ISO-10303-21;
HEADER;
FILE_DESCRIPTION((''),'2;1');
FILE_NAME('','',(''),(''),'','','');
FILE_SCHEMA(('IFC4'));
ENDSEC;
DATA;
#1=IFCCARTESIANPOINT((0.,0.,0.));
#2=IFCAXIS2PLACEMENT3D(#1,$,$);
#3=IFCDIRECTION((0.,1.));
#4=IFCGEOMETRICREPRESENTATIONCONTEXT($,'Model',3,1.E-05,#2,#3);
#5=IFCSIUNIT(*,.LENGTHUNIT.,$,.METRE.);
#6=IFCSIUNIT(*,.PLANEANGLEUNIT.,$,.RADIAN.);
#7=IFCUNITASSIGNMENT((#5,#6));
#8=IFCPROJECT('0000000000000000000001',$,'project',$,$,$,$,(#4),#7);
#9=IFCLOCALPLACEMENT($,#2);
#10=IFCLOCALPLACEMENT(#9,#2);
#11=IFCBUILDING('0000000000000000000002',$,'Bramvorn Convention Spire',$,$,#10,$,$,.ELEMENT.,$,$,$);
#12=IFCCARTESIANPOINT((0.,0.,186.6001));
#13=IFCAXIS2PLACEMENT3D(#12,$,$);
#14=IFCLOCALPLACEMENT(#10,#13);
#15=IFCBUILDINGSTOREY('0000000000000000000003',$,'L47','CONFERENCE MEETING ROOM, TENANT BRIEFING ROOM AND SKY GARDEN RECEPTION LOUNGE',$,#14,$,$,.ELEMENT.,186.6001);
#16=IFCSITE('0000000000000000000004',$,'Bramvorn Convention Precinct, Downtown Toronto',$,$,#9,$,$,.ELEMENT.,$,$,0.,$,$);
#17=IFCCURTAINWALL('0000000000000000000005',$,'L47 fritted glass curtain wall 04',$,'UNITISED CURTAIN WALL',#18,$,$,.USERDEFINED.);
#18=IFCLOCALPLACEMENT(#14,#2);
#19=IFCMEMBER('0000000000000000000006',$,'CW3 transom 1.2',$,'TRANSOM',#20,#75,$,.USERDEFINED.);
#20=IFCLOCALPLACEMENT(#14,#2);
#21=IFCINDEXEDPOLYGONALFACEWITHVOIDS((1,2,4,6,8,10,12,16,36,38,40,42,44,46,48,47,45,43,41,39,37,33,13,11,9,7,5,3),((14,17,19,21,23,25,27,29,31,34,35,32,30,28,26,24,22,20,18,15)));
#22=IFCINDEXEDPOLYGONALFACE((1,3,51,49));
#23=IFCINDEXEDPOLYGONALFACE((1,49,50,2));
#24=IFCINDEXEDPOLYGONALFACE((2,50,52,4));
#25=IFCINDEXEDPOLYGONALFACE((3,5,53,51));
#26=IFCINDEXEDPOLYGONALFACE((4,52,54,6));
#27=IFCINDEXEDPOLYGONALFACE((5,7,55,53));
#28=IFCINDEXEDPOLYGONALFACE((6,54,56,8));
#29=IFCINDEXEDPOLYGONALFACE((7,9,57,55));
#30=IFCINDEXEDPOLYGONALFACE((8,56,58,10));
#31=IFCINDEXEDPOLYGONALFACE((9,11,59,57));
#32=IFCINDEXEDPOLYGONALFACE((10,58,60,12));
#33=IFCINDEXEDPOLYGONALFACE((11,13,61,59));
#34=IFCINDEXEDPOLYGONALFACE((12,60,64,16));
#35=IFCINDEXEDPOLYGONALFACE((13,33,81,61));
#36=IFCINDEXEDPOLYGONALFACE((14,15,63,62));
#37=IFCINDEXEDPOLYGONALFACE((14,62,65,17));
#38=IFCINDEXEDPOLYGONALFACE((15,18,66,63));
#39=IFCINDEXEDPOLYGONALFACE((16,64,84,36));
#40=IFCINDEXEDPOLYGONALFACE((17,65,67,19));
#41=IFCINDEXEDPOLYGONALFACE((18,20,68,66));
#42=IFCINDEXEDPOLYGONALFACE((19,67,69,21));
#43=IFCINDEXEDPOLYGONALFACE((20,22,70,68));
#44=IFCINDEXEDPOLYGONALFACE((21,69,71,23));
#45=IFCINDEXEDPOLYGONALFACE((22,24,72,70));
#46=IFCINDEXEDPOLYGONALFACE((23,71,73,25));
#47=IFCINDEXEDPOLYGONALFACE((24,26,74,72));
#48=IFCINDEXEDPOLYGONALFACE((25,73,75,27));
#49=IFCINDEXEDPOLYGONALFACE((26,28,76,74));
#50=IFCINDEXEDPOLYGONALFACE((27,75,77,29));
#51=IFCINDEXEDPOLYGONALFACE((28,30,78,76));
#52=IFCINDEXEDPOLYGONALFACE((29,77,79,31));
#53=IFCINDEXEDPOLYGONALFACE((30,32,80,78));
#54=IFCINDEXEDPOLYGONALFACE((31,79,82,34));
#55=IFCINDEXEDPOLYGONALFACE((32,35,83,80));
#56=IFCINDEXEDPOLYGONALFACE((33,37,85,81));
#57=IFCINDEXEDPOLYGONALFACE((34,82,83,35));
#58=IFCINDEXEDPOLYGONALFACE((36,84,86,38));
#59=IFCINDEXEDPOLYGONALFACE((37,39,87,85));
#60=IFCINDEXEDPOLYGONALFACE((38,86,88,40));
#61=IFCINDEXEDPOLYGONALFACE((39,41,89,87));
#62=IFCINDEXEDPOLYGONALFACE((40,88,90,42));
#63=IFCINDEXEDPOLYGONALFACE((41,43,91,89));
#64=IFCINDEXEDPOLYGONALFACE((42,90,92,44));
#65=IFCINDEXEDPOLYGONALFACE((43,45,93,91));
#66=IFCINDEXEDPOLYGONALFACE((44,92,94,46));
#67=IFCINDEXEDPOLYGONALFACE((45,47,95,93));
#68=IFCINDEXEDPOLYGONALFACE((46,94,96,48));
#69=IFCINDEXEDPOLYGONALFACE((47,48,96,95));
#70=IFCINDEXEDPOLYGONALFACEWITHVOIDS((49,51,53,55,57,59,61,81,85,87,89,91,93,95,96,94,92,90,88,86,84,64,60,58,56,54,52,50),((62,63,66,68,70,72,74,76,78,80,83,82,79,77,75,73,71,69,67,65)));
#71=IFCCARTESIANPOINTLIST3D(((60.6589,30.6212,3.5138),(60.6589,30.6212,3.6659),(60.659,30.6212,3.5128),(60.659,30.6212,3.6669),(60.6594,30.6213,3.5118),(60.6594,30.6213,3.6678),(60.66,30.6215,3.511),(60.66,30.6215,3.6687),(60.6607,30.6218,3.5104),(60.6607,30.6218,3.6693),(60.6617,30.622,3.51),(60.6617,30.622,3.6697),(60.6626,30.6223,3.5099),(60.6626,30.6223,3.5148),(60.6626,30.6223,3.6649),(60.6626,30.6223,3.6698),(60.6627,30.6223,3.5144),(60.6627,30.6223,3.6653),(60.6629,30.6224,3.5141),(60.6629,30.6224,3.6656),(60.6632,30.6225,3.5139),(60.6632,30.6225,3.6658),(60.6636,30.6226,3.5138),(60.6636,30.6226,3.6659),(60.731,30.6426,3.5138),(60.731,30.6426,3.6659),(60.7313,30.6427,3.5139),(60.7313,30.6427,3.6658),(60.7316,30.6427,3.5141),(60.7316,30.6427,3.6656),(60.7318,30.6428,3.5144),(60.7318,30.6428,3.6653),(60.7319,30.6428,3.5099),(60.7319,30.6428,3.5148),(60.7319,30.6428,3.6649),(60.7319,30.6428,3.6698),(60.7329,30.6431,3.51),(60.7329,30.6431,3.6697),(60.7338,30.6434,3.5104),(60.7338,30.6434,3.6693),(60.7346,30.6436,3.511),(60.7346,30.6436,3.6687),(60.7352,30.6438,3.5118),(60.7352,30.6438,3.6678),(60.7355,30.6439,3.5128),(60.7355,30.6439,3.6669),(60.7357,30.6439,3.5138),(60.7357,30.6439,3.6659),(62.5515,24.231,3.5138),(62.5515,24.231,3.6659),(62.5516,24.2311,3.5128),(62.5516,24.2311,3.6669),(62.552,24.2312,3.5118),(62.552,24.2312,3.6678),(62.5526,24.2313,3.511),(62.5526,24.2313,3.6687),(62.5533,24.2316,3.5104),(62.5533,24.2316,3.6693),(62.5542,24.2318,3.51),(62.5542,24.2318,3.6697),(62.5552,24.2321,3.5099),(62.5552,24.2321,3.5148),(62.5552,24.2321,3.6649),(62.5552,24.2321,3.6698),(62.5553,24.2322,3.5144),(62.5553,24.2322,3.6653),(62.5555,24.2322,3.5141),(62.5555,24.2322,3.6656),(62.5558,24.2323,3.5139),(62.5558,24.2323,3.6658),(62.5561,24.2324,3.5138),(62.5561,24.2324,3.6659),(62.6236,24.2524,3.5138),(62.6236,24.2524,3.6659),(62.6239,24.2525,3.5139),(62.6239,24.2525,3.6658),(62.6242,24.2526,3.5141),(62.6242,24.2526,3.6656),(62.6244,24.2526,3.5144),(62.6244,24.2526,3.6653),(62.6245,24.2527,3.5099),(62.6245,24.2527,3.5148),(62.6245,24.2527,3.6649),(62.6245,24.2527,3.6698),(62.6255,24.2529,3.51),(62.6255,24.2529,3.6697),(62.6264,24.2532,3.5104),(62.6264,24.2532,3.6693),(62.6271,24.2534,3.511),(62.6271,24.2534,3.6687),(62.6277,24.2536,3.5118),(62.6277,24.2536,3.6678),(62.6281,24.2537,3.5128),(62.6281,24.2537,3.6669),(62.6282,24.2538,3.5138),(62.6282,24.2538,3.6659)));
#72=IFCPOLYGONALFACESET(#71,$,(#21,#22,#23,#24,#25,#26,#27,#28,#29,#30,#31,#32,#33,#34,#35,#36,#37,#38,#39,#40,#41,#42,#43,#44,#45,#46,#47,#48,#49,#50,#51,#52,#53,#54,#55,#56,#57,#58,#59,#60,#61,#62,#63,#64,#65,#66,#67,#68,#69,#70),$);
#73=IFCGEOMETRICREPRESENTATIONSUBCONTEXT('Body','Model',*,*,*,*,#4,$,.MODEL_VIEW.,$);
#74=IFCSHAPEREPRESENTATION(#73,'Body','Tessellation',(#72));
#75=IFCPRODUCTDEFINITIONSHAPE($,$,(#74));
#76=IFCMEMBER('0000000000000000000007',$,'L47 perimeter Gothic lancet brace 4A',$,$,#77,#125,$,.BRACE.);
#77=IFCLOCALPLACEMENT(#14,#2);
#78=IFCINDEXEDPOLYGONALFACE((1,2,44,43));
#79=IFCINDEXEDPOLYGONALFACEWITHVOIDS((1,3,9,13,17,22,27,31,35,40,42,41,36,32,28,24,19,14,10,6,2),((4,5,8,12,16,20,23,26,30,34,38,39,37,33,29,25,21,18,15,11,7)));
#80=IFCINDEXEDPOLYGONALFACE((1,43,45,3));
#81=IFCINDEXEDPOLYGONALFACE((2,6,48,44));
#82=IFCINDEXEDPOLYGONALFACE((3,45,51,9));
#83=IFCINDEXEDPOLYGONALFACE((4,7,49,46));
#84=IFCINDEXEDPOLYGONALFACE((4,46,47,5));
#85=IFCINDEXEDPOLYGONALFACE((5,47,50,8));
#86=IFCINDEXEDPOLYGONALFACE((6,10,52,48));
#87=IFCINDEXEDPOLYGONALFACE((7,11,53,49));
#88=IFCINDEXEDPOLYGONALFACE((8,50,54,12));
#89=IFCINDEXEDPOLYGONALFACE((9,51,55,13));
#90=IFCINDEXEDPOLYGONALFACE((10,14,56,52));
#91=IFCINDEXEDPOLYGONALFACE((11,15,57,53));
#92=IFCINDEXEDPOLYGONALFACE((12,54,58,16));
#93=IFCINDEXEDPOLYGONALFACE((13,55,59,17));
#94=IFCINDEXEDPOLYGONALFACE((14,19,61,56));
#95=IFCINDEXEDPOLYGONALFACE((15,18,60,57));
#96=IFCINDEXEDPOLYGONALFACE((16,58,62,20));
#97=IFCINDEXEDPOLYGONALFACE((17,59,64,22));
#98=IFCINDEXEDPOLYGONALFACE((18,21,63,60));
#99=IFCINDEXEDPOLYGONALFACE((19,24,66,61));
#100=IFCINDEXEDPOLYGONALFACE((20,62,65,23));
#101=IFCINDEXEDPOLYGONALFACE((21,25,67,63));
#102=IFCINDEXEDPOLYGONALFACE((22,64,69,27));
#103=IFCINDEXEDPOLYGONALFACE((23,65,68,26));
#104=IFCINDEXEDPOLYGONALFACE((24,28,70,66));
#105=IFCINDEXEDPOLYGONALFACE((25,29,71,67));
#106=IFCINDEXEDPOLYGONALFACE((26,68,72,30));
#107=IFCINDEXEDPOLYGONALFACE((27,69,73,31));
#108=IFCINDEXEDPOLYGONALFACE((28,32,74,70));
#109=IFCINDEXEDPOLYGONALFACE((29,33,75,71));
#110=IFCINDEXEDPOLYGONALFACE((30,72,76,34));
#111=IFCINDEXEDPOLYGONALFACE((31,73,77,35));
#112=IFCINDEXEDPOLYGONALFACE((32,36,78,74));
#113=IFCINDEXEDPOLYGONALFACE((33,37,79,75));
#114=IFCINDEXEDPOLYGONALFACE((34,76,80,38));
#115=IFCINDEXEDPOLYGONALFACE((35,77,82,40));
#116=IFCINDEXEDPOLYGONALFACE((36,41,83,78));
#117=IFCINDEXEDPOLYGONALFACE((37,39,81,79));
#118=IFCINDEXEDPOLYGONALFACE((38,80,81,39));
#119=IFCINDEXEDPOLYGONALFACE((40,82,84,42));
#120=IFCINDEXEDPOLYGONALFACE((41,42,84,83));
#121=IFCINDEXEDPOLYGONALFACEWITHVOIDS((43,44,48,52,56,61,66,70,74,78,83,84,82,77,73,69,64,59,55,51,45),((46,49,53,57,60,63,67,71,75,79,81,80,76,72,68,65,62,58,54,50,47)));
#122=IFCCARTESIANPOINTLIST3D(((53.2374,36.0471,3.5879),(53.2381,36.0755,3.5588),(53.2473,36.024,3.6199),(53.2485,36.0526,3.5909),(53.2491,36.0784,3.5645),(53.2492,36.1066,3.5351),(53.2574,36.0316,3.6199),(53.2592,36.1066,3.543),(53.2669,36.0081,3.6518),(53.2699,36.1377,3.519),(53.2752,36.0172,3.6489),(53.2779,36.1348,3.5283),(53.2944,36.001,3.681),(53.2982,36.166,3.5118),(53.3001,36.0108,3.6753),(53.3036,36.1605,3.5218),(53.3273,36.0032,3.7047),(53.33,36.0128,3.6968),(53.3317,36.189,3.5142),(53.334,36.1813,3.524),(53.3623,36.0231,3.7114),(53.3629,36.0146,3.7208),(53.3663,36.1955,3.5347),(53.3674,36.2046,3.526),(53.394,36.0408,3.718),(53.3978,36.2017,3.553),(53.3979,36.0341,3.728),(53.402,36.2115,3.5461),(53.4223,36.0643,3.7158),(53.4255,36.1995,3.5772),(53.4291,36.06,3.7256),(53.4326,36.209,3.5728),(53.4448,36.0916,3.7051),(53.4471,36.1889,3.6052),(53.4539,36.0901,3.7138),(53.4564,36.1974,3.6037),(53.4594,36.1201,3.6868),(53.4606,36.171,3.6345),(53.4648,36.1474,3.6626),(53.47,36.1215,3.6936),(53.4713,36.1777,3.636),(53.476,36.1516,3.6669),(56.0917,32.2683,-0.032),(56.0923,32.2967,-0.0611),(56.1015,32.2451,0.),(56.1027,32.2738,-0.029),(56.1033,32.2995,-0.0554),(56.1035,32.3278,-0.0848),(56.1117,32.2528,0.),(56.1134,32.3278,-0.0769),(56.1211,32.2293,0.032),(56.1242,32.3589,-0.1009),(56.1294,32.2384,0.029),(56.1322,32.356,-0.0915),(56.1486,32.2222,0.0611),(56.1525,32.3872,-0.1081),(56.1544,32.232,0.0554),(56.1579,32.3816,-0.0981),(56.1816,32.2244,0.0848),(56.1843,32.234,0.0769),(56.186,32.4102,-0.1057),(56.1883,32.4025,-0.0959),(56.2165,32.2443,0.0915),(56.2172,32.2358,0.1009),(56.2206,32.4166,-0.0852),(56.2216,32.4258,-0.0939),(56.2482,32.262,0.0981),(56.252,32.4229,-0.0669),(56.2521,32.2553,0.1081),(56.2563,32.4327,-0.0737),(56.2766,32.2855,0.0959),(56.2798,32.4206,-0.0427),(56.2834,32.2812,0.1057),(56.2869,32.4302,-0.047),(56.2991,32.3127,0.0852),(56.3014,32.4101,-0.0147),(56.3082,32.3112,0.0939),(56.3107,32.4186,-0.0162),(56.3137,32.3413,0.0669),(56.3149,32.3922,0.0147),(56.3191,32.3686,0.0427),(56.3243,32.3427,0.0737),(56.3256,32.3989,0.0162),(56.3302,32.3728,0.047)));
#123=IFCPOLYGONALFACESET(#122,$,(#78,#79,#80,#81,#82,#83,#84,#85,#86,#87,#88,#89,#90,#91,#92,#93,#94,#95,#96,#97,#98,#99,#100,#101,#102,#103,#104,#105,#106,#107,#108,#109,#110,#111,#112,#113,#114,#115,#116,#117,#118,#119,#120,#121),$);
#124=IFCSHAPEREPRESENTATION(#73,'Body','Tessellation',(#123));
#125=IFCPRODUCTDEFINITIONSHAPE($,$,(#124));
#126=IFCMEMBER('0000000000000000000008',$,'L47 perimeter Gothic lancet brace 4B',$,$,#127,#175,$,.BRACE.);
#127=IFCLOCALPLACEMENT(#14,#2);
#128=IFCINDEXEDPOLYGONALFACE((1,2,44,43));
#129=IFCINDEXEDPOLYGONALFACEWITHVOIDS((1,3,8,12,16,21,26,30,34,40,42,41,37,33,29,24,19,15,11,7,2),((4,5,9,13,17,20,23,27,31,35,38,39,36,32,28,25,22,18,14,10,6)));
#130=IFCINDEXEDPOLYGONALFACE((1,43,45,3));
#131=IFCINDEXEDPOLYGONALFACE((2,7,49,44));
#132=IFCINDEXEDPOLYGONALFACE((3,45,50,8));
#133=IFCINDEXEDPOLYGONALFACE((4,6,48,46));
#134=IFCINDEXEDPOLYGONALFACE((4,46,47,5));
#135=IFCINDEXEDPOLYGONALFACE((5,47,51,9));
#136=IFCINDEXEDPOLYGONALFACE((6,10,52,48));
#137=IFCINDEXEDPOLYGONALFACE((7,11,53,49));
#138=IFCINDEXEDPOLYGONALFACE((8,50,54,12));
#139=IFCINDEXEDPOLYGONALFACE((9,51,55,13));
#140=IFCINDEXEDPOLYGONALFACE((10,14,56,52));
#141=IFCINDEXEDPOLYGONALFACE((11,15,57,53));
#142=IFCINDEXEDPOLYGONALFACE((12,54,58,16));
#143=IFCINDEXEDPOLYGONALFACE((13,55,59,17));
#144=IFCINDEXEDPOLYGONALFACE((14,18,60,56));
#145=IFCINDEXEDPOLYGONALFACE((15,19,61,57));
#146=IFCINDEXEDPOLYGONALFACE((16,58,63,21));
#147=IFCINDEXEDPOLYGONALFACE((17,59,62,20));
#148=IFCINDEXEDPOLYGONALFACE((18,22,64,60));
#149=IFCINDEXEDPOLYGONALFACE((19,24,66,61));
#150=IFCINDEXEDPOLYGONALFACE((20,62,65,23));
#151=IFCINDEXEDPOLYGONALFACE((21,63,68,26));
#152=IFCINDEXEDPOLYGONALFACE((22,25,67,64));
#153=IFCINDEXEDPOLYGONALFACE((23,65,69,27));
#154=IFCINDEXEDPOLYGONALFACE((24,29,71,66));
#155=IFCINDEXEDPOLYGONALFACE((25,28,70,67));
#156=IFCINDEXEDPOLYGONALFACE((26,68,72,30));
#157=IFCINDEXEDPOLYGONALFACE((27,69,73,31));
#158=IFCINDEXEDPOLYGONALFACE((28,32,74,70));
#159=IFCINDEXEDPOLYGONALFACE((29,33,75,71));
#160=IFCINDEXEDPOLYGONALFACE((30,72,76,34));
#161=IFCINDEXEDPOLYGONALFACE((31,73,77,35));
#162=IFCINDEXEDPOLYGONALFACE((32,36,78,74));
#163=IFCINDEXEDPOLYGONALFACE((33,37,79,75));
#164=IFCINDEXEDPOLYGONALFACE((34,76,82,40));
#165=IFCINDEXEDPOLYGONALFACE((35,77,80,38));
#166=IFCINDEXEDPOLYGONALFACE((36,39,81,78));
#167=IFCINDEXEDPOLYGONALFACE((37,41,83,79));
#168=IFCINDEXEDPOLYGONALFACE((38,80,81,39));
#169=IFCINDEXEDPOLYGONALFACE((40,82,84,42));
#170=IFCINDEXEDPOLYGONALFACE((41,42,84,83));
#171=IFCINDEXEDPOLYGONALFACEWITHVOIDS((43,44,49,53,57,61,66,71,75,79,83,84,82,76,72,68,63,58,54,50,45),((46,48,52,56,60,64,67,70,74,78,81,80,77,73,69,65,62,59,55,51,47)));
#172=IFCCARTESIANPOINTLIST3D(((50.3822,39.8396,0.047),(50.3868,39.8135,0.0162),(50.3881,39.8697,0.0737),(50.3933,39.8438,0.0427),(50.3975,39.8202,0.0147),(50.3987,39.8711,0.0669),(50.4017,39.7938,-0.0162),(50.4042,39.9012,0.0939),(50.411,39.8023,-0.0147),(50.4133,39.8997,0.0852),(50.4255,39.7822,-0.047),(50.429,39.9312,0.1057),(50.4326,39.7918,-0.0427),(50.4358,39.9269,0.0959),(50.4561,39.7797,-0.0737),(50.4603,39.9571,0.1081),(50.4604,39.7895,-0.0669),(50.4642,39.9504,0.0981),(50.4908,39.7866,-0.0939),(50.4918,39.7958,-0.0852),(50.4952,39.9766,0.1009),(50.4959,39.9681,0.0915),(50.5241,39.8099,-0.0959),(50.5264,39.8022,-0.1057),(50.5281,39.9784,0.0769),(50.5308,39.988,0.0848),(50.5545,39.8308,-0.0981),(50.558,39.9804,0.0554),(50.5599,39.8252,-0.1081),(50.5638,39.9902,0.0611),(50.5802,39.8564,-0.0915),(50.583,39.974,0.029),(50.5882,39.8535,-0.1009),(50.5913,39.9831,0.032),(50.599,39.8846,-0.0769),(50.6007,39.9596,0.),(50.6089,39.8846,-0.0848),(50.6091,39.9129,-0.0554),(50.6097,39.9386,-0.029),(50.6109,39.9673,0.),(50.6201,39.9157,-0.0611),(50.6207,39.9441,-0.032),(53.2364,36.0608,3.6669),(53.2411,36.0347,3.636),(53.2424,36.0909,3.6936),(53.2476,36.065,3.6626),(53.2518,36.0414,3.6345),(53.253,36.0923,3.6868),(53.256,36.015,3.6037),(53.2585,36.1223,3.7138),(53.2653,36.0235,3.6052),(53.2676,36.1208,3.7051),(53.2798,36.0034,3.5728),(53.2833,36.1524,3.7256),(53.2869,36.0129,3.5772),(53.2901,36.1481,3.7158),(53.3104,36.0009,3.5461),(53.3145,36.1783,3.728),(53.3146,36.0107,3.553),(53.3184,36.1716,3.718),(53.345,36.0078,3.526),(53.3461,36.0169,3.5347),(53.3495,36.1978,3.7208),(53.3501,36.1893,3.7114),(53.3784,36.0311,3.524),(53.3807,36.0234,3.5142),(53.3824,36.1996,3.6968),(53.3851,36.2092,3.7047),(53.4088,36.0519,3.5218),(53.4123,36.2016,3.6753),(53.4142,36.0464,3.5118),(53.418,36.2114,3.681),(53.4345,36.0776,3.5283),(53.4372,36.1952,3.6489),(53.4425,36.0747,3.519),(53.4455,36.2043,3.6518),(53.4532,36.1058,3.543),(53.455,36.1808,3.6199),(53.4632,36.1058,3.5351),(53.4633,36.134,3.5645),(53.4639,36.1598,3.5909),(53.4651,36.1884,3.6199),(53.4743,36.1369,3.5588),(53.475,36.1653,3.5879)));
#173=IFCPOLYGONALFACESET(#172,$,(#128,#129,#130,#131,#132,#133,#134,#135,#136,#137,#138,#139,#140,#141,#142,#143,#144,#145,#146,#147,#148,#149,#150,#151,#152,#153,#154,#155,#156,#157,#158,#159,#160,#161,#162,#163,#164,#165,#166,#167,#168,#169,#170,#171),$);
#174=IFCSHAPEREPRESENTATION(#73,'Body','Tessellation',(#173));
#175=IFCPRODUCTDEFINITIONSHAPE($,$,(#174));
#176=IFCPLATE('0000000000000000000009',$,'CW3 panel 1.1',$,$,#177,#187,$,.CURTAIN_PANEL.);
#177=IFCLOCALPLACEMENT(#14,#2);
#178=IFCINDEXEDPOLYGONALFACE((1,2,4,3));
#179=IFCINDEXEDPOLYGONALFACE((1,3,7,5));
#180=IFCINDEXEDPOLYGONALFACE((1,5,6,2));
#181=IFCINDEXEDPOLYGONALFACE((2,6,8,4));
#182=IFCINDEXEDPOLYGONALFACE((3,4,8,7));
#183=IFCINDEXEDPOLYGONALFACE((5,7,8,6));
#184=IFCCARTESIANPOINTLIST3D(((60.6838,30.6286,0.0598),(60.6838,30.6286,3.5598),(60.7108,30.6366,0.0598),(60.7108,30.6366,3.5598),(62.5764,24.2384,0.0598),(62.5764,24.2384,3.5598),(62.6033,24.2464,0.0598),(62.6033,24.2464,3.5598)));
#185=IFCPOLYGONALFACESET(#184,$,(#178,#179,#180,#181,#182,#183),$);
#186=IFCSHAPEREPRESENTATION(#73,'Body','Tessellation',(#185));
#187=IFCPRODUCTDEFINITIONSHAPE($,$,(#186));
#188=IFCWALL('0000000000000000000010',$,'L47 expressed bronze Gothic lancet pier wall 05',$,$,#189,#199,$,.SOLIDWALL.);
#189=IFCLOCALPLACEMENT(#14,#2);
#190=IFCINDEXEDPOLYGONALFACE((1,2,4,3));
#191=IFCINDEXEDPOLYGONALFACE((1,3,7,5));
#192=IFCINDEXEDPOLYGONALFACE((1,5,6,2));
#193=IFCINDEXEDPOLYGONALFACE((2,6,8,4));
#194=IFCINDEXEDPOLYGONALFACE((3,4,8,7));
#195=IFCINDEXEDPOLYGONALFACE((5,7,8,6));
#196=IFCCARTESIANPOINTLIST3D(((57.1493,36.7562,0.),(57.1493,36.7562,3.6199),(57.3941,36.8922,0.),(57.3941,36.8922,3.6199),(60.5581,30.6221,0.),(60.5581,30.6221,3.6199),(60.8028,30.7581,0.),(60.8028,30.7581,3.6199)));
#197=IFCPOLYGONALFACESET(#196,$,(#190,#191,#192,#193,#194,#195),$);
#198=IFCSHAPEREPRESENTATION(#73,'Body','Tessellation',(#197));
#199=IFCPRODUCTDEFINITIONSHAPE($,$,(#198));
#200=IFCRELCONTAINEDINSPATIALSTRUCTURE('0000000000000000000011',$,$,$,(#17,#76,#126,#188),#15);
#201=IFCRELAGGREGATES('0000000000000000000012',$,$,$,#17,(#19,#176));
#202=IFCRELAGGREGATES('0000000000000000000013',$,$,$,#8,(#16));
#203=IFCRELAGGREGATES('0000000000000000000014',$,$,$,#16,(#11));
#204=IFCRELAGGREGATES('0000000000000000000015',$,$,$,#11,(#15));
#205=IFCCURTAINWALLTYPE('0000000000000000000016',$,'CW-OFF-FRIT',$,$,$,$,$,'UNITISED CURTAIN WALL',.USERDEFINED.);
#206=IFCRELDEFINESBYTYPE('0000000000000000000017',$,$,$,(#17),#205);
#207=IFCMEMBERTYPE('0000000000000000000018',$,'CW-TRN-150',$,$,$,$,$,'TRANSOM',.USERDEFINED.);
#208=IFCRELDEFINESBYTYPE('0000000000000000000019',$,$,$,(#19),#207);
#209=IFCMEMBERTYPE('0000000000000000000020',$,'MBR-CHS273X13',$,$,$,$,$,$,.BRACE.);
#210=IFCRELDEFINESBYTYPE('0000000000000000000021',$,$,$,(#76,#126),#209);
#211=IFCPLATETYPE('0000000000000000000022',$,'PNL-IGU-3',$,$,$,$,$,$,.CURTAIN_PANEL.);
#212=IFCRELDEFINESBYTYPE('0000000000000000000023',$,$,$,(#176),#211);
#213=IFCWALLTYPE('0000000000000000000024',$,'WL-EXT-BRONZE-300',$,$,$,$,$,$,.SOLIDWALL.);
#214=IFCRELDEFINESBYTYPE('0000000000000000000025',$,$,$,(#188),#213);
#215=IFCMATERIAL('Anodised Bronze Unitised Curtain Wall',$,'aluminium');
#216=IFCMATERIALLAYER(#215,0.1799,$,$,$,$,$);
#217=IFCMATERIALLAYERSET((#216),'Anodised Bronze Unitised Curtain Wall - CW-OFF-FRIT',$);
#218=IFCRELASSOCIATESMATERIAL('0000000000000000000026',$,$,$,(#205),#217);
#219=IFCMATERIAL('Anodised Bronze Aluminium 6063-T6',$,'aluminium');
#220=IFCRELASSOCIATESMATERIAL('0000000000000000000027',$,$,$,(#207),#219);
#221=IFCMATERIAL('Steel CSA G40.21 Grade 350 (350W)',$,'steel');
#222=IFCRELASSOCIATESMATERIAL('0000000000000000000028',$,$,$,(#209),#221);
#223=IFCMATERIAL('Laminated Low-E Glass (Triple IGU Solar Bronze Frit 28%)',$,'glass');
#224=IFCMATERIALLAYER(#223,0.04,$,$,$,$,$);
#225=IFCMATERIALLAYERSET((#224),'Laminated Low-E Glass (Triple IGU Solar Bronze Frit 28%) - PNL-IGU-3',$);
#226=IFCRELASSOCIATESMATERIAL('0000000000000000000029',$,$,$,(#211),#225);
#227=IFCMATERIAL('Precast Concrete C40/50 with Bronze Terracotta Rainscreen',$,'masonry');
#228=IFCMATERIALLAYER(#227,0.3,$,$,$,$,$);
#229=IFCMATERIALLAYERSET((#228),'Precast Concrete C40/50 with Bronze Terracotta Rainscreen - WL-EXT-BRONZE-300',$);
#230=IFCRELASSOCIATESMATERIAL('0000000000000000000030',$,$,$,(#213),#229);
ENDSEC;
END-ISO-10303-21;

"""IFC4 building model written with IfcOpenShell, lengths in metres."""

from ifc_helpers import new_model, si_unit, direction, frame, frame_2d, origin, origin_2d, place, context, subcontext, project, spatial, rectangle, hollow_rectangle, hollow_circle, extrude, material, layer, layer_set, material_profile, profile_set, type_object, element, aggregate, save


model = new_model("IFC4")

# Units and contexts
model_context = context("Model", 3, precision=1e-05, world=origin(), true_north=direction((0.0, 1.0)))
body_context = subcontext(model_context, "Body", "Model", "MODEL_VIEW")
ifc_project = project(units=[si_unit("LENGTHUNIT", "METRE"), si_unit("PLANEANGLEUNIT", "RADIAN")], contexts=[model_context])

# Site, building, storey
site_placement = place(None, origin())
site = spatial("IfcSite", under=ifc_project, at=site_placement, Name="Bramvorn Convention Precinct, Downtown Toronto", CompositionType="ELEMENT", RefElevation=0.0)
building_placement = place(site_placement, origin())
building = spatial("IfcBuilding", under=site, at=building_placement, Name="Bramvorn Convention Spire", CompositionType="ELEMENT")
storey_placement = place(building_placement, frame((0.0, 0.0, 186.6001)))
storey = spatial("IfcBuildingStorey", under=building, at=storey_placement, Name="L47", Description="CONFERENCE MEETING ROOM, TENANT BRIEFING ROOM AND SKY GARDEN RECEPTION LOUNGE", CompositionType="ELEMENT", Elevation=186.6001)

# Shared definitions
ifc_material_1 = material(Name="Steel CSA G40.21 Grade 350 (350W)", Category="steel")

# Shared definitions
ifc_material_2 = material(Name="Anodised Bronze Unitised Curtain Wall", Category="aluminium")
ifc_layer_1 = layer(ifc_material_2, 0.1799)
ifc_layer_set_1 = layer_set([ifc_layer_1], Name="Anodised Bronze Unitised Curtain Wall - CW-OFF-FRIT")
curtain_wall_type = type_object("IfcCurtainWallType", Name="CW-OFF-FRIT", ElementType="UNITISED CURTAIN WALL", PredefinedType="USERDEFINED", material=ifc_layer_set_1)
ifc_material_3 = material(Name="Anodised Bronze Aluminium 6063-T6", Category="aluminium")

# Curtain wall
curtain_wall_1_placement = place(storey_placement, origin())
curtain_wall_1 = element("IfcCurtainWall", 1, at=curtain_wall_1_placement, inside=storey, type_object=curtain_wall_type, Name="L47 fritted glass curtain wall 04", ObjectType="UNITISED CURTAIN WALL", PredefinedType="USERDEFINED")

# Member
ifc_material_profile_1 = material_profile(ifc_material_3, hollow_rectangle(XDim=0.0801, YDim=0.1599, WallThickness=0.0039, InnerFilletRadius=0.001, OuterFilletRadius=0.0039, at=origin_2d()))
ifc_profile_set_1 = profile_set([ifc_material_profile_1], Name="Anodised Bronze Aluminium 6063-T6 - CWT80X160")
member_type_1 = type_object("IfcMemberType", Name="CW-TRN-150", ElementType="TRANSOM", PredefinedType="USERDEFINED", material=ifc_profile_set_1)
member_1_placement = place(storey_placement, frame((60.6973, 30.6326, 3.5898), z_axis=(0.283979, -0.958831, 0.0), x_axis=(0.958831, 0.283979, 0.0)))
member_1 = element("IfcMember", 2, at=member_1_placement, type_object=member_type_1, Name="CW3 transom 1.2", ObjectType="TRANSOM", PredefinedType="USERDEFINED", context=body_context, shape_type="SweptSolid", body=[
    extrude(hollow_rectangle(XDim=0.0801, YDim=0.1599, WallThickness=0.0039, InnerFilletRadius=0.001, OuterFilletRadius=0.0039, at=origin_2d()), origin(), (0.0, 0.0, 1.0), 6.6646),
])

# Members
ifc_material_profile_2 = material_profile(ifc_material_1, hollow_circle(Radius=0.1365, WallThickness=0.0127, at=origin_2d()))
ifc_profile_set_2 = profile_set([ifc_material_profile_2], Name="Steel CSA G40.21 Grade 350 (350W) - CHS273X13")
member_type_2 = type_object("IfcMemberType", Name="MBR-CHS273X13", PredefinedType="BRACE", material=ifc_profile_set_2)
for number, where, z_axis, x_axis, name in (
    (3, (56.2104, 32.3274, 0.0), (-0.478847, 0.633957, 0.607293), (-0.797954, -0.602719, 0.0), "L47 perimeter Gothic lancet brace 4A"),
    (4, (50.502, 39.885, 0.0), (0.478847, -0.633957, 0.607293), (0.797954, 0.602719, 0.0), "L47 perimeter Gothic lancet brace 4B"),
):
    element("IfcMember", number, at=place(storey_placement, frame(where, z_axis=z_axis, x_axis=x_axis)), inside=storey, type_object=member_type_2, Name=name, PredefinedType="BRACE", context=body_context, shape_type="SweptSolid", body=[
        extrude(hollow_circle(Radius=0.1365, WallThickness=0.0127, at=origin_2d()), origin(), (0.0, 0.0, 1.0), 5.9607),
    ])

# Plate
ifc_material_4 = material(Name="Laminated Low-E Glass (Triple IGU Solar Bronze Frit 28%)", Category="glass")
ifc_layer_2 = layer(ifc_material_4, 0.04)
ifc_layer_set_2 = layer_set([ifc_layer_2], Name="Laminated Low-E Glass (Triple IGU Solar Bronze Frit 28%) - PNL-IGU-3")
plate_type = type_object("IfcPlateType", Name="PNL-IGU-3", PredefinedType="CURTAIN_PANEL", material=ifc_layer_set_2)
plate_placement = place(storey_placement, frame((61.6436, 27.4375, 0.0598), z_axis=(0.0, 0.0, 1.0), x_axis=(0.283967, -0.958834, 0.0)))
plate = element("IfcPlate", 5, at=plate_placement, type_object=plate_type, Name="CW3 panel 1.1", PredefinedType="CURTAIN_PANEL", context=body_context, shape_type="SweptSolid", body=[
    extrude(rectangle(XDim=6.6646, YDim=0.0281, at=origin_2d()), origin(), (0.0, 0.0, 1.0), 3.5),
])
aggregate(curtain_wall_1, [member_1, plate])

# Wall
ifc_material_5 = material(Name="Precast Concrete C40/50 with Bronze Terracotta Rainscreen", Category="masonry")
ifc_layer_3 = layer(ifc_material_5, 0.3)
ifc_layer_set_3 = layer_set([ifc_layer_3], Name="Precast Concrete C40/50 with Bronze Terracotta Rainscreen - WL-EXT-BRONZE-300")
wall_type_1 = type_object("IfcWallType", Name="WL-EXT-BRONZE-300", PredefinedType="SOLIDWALL", material=ifc_layer_set_3)
wall_1_placement = place(storey_placement, frame((57.2717, 36.8242, 0.0), z_axis=(0.0, 0.0, 1.0), x_axis=(0.48574, -0.874103, 0.0)))
element("IfcWall", 6, at=wall_1_placement, inside=storey, type_object=wall_type_1, Name="L47 expressed bronze Gothic lancet pier wall 05", PredefinedType="SOLIDWALL", context=body_context, shape_type="SweptSolid", body=[
    extrude(rectangle(XDim=7.0176, YDim=0.28, at=frame_2d((3.5088, 0.0))), origin(), (0.0, 0.0, 1.0), 3.6199),
])

save(model, "model.ifc")
